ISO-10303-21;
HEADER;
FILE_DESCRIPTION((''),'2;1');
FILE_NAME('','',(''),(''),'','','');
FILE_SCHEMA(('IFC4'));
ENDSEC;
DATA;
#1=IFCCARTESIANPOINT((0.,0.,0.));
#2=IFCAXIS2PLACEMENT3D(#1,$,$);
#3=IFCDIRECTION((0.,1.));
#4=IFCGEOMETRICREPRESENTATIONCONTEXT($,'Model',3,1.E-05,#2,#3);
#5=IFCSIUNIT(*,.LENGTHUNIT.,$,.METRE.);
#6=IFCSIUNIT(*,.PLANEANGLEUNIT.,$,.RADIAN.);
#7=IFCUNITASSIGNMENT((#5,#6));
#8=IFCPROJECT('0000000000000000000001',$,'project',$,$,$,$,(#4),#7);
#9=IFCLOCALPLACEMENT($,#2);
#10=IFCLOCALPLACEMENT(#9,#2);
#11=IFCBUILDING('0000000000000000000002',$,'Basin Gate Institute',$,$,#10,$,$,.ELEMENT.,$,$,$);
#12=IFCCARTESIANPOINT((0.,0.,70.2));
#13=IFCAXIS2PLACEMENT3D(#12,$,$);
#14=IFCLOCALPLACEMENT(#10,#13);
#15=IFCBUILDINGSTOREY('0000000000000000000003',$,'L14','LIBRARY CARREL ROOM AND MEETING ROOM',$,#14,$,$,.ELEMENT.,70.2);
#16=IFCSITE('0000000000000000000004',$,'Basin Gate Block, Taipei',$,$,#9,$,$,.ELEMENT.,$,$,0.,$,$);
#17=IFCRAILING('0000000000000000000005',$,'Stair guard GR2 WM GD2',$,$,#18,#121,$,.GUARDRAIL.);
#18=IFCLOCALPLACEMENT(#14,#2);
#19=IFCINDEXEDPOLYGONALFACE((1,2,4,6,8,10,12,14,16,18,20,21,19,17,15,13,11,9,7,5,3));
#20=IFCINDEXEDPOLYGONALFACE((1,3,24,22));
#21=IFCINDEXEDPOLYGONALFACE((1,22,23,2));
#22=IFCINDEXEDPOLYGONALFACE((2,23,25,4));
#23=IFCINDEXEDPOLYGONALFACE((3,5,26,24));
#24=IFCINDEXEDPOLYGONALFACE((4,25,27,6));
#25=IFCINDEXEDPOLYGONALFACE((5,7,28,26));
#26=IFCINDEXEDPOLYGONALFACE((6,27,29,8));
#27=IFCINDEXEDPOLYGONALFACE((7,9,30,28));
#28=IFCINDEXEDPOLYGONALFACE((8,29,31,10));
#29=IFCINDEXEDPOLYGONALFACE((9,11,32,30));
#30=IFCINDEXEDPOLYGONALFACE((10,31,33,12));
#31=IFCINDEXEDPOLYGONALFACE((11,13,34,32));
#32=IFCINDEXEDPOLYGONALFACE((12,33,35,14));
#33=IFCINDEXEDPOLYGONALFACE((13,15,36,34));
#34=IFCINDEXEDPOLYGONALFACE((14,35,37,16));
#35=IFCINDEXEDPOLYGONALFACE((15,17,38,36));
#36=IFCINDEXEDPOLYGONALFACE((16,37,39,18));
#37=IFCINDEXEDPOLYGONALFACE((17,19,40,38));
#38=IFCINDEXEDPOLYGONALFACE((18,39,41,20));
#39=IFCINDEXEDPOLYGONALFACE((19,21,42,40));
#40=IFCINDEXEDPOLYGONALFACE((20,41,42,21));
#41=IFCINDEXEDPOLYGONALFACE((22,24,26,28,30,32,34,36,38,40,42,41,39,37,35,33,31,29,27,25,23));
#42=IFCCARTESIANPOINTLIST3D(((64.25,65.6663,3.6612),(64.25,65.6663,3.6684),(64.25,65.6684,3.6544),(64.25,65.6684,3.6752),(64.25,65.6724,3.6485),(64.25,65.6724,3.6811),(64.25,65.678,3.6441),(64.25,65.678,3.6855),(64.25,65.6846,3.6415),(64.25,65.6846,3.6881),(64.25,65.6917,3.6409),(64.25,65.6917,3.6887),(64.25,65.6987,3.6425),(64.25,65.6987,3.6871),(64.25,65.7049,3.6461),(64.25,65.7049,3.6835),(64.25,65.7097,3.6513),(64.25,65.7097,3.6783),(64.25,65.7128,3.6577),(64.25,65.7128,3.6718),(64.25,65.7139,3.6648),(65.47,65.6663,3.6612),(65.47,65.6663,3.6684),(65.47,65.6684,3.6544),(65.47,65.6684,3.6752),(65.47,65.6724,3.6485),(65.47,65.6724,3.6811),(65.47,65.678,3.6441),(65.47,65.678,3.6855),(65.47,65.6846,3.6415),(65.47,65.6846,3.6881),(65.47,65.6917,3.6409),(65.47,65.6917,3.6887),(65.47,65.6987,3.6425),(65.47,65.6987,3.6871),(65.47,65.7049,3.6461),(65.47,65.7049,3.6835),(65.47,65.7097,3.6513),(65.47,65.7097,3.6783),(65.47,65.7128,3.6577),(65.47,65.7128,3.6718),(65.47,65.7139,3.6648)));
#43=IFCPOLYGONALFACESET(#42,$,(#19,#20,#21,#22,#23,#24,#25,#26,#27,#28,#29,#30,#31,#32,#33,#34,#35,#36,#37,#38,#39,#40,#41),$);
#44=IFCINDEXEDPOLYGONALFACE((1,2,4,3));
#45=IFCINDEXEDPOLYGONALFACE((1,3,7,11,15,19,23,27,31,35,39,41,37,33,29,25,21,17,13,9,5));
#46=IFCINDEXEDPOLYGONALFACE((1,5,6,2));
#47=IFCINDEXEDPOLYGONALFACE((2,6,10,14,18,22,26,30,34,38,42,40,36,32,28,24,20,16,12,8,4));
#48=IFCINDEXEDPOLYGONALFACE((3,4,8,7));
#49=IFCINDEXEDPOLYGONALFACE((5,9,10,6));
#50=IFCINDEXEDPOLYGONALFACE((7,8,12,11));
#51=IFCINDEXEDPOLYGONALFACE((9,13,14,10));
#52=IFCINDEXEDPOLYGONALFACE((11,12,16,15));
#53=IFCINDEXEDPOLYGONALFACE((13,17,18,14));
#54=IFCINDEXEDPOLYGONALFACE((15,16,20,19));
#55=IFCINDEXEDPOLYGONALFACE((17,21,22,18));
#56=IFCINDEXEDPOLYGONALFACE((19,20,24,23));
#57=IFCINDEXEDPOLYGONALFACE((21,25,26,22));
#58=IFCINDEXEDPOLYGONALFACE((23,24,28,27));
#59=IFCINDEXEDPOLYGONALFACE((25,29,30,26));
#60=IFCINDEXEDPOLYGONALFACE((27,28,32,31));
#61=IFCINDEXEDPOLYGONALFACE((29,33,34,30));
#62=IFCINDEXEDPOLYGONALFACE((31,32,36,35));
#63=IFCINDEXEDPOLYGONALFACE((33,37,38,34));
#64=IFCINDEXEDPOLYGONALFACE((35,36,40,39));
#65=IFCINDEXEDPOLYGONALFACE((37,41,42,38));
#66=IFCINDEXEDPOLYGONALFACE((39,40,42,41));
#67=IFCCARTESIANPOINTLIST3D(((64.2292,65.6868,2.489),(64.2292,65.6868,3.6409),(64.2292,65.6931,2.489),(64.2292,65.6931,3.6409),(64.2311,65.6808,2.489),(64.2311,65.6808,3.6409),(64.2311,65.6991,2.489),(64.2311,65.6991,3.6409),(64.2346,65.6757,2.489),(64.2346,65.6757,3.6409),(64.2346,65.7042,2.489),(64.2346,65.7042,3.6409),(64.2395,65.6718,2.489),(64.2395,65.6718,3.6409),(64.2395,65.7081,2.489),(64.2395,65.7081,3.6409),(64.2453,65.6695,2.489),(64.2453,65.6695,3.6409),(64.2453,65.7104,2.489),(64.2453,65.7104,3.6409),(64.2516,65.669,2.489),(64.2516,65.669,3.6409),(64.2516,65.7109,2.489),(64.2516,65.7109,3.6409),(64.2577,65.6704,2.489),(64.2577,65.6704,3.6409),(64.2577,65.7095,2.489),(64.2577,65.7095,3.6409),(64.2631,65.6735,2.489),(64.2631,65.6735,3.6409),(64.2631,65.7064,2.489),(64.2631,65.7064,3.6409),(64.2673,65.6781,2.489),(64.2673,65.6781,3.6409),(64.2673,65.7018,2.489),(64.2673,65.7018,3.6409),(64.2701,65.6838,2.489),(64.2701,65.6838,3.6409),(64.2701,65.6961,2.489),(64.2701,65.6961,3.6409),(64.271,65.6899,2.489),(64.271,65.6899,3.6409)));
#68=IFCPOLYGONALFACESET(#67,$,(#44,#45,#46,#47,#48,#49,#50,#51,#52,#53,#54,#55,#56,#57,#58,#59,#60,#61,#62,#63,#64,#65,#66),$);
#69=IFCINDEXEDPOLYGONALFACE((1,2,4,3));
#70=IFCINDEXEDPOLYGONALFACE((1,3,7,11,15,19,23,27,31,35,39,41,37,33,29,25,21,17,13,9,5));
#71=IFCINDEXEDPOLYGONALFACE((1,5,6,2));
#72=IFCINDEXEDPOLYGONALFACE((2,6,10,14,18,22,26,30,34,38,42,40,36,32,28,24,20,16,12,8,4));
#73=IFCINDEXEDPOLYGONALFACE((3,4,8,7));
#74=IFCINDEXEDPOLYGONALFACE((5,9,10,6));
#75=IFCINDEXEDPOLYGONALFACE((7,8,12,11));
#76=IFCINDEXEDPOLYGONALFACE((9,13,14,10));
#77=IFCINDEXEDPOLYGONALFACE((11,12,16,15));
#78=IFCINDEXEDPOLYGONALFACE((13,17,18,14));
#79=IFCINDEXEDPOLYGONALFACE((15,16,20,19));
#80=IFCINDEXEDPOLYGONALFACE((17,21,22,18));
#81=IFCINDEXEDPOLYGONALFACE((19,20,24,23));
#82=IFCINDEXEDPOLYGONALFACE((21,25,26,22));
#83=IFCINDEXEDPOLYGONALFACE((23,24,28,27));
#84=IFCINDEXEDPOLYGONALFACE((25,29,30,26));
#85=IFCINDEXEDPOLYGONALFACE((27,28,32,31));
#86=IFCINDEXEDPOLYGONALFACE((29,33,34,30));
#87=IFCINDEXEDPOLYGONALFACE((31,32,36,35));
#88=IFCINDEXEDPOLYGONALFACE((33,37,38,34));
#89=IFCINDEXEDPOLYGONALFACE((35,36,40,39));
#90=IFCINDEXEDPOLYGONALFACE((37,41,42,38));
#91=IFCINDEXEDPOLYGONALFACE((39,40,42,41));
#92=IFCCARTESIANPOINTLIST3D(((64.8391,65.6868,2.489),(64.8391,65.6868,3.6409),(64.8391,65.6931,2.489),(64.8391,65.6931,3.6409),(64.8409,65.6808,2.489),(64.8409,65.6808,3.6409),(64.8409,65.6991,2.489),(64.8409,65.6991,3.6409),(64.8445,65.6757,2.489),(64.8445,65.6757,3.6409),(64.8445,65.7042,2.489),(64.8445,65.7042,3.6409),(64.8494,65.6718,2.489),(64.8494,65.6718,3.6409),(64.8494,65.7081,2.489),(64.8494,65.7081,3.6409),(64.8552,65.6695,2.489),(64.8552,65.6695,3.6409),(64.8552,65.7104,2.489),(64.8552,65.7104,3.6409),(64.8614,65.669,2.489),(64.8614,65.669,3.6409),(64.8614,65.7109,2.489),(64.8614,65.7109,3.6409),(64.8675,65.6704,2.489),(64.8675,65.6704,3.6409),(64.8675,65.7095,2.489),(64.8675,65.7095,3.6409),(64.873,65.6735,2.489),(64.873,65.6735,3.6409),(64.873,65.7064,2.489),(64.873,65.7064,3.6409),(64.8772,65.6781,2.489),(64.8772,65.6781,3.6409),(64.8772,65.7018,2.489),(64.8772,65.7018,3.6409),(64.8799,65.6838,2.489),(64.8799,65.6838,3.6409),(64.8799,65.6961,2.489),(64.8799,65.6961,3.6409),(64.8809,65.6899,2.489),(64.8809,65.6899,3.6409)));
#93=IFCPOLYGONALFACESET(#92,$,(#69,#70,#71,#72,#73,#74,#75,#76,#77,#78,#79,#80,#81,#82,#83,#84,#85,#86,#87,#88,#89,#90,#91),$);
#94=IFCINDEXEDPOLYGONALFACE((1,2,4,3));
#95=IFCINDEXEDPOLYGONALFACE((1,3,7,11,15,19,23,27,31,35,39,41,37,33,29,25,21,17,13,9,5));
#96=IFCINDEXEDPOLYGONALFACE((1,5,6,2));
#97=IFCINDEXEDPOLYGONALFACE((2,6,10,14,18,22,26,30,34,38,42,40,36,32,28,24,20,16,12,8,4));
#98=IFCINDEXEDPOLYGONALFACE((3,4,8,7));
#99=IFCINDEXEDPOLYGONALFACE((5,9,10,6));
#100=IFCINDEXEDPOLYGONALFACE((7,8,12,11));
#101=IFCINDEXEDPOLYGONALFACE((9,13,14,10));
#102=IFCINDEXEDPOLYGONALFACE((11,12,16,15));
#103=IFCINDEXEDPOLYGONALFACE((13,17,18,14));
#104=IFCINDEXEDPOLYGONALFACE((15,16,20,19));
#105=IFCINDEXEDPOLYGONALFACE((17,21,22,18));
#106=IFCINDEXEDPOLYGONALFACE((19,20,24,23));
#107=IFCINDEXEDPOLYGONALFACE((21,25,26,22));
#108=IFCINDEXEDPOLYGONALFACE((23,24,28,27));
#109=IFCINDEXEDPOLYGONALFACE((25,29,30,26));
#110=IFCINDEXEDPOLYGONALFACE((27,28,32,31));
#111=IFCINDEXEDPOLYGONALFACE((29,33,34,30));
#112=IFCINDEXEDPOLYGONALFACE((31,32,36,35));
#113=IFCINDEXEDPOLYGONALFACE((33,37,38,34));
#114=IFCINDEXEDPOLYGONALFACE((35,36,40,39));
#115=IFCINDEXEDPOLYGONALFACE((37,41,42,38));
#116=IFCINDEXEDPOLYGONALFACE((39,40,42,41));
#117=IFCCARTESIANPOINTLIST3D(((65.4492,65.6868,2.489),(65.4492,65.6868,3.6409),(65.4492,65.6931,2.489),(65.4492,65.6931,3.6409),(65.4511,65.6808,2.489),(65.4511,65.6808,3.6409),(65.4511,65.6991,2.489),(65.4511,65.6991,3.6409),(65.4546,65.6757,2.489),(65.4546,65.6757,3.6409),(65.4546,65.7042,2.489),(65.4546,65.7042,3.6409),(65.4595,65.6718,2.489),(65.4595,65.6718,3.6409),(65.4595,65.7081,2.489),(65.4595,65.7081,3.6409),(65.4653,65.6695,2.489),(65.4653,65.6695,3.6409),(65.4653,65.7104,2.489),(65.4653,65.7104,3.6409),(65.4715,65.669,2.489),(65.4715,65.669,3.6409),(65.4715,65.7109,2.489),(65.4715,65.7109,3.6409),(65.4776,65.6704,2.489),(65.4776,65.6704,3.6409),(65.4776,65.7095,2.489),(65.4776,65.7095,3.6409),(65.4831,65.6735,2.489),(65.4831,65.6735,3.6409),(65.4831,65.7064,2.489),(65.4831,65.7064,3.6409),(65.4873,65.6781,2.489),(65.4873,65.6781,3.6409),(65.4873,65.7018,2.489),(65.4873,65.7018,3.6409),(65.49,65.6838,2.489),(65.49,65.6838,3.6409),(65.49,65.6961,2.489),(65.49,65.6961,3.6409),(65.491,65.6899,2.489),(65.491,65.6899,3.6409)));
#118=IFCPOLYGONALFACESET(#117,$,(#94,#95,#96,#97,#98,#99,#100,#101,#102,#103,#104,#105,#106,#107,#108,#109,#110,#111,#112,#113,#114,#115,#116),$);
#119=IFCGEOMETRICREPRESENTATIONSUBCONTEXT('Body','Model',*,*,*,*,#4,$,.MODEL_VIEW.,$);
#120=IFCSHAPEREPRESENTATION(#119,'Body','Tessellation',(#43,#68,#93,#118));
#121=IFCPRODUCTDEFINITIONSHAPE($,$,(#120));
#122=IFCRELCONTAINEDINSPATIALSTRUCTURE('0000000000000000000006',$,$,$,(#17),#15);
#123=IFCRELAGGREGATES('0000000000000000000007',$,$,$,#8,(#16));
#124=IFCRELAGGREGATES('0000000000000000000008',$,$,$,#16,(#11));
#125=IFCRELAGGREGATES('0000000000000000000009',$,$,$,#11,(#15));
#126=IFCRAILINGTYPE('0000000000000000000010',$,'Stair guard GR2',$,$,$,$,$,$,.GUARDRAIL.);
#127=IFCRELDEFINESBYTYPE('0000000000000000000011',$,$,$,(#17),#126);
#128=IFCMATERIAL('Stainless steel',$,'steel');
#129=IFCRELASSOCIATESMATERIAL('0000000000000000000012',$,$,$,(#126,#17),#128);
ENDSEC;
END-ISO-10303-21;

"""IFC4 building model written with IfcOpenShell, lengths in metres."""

from ifc_helpers import new_model, si_unit, direction, frame, origin, origin_2d, place, context, subcontext, project, spatial, circle, extrude, material, type_object, element, save


model = new_model("IFC4")

# Units and contexts
model_context = context("Model", 3, precision=1e-05, world=origin(), true_north=direction((0.0, 1.0)))
body_context = subcontext(model_context, "Body", "Model", "MODEL_VIEW")
ifc_project = project(units=[si_unit("LENGTHUNIT", "METRE"), si_unit("PLANEANGLEUNIT", "RADIAN")], contexts=[model_context])

# Site, building, storey
site_placement = place(None, origin())
site = spatial("IfcSite", under=ifc_project, at=site_placement, Name="Basin Gate Block, Taipei", CompositionType="ELEMENT", RefElevation=0.0)
building_placement = place(site_placement, origin())
building = spatial("IfcBuilding", under=site, at=building_placement, Name="Basin Gate Institute", CompositionType="ELEMENT")
storey_placement = place(building_placement, frame((0.0, 0.0, 70.2)))
storey = spatial("IfcBuildingStorey", under=building, at=storey_placement, Name="L14", Description="LIBRARY CARREL ROOM AND MEETING ROOM", CompositionType="ELEMENT", Elevation=70.2)

# Railing
ifc_material_1 = material(Name="Stainless steel", Category="steel")
railing_type_1 = type_object("IfcRailingType", Name="Stair guard GR2", PredefinedType="GUARDRAIL", material=ifc_material_1)
railing_1_placement = place(storey_placement, frame((64.25, 65.6899, 2.489)))
element("IfcRailing", 1, at=railing_1_placement, inside=storey, type_object=railing_type_1, material=ifc_material_1, Name="Stair guard GR2 WM GD2", PredefinedType="GUARDRAIL", context=body_context, shape_type="SweptSolid", body=[
    extrude(circle(Radius=0.0239, at=origin_2d()), frame((0.0, 0.0, 1.1758), z_axis=(1.0, 0.0, 0.0), x_axis=(0.0, 1.0, 0.0)), (0.0, 0.0, 1.0), 1.22),
    extrude(circle(Radius=0.021, at=origin_2d()), origin(), (0.0, 0.0, 1.0), 1.1519),
    extrude(circle(Radius=0.021, at=origin_2d()), frame((0.6099, 0.0, 0.0)), (0.0, 0.0, 1.0), 1.1519),
    extrude(circle(Radius=0.021, at=origin_2d()), frame((1.22, 0.0, 0.0)), (0.0, 0.0, 1.0), 1.1519),
])

save(model, "model.ifc")
